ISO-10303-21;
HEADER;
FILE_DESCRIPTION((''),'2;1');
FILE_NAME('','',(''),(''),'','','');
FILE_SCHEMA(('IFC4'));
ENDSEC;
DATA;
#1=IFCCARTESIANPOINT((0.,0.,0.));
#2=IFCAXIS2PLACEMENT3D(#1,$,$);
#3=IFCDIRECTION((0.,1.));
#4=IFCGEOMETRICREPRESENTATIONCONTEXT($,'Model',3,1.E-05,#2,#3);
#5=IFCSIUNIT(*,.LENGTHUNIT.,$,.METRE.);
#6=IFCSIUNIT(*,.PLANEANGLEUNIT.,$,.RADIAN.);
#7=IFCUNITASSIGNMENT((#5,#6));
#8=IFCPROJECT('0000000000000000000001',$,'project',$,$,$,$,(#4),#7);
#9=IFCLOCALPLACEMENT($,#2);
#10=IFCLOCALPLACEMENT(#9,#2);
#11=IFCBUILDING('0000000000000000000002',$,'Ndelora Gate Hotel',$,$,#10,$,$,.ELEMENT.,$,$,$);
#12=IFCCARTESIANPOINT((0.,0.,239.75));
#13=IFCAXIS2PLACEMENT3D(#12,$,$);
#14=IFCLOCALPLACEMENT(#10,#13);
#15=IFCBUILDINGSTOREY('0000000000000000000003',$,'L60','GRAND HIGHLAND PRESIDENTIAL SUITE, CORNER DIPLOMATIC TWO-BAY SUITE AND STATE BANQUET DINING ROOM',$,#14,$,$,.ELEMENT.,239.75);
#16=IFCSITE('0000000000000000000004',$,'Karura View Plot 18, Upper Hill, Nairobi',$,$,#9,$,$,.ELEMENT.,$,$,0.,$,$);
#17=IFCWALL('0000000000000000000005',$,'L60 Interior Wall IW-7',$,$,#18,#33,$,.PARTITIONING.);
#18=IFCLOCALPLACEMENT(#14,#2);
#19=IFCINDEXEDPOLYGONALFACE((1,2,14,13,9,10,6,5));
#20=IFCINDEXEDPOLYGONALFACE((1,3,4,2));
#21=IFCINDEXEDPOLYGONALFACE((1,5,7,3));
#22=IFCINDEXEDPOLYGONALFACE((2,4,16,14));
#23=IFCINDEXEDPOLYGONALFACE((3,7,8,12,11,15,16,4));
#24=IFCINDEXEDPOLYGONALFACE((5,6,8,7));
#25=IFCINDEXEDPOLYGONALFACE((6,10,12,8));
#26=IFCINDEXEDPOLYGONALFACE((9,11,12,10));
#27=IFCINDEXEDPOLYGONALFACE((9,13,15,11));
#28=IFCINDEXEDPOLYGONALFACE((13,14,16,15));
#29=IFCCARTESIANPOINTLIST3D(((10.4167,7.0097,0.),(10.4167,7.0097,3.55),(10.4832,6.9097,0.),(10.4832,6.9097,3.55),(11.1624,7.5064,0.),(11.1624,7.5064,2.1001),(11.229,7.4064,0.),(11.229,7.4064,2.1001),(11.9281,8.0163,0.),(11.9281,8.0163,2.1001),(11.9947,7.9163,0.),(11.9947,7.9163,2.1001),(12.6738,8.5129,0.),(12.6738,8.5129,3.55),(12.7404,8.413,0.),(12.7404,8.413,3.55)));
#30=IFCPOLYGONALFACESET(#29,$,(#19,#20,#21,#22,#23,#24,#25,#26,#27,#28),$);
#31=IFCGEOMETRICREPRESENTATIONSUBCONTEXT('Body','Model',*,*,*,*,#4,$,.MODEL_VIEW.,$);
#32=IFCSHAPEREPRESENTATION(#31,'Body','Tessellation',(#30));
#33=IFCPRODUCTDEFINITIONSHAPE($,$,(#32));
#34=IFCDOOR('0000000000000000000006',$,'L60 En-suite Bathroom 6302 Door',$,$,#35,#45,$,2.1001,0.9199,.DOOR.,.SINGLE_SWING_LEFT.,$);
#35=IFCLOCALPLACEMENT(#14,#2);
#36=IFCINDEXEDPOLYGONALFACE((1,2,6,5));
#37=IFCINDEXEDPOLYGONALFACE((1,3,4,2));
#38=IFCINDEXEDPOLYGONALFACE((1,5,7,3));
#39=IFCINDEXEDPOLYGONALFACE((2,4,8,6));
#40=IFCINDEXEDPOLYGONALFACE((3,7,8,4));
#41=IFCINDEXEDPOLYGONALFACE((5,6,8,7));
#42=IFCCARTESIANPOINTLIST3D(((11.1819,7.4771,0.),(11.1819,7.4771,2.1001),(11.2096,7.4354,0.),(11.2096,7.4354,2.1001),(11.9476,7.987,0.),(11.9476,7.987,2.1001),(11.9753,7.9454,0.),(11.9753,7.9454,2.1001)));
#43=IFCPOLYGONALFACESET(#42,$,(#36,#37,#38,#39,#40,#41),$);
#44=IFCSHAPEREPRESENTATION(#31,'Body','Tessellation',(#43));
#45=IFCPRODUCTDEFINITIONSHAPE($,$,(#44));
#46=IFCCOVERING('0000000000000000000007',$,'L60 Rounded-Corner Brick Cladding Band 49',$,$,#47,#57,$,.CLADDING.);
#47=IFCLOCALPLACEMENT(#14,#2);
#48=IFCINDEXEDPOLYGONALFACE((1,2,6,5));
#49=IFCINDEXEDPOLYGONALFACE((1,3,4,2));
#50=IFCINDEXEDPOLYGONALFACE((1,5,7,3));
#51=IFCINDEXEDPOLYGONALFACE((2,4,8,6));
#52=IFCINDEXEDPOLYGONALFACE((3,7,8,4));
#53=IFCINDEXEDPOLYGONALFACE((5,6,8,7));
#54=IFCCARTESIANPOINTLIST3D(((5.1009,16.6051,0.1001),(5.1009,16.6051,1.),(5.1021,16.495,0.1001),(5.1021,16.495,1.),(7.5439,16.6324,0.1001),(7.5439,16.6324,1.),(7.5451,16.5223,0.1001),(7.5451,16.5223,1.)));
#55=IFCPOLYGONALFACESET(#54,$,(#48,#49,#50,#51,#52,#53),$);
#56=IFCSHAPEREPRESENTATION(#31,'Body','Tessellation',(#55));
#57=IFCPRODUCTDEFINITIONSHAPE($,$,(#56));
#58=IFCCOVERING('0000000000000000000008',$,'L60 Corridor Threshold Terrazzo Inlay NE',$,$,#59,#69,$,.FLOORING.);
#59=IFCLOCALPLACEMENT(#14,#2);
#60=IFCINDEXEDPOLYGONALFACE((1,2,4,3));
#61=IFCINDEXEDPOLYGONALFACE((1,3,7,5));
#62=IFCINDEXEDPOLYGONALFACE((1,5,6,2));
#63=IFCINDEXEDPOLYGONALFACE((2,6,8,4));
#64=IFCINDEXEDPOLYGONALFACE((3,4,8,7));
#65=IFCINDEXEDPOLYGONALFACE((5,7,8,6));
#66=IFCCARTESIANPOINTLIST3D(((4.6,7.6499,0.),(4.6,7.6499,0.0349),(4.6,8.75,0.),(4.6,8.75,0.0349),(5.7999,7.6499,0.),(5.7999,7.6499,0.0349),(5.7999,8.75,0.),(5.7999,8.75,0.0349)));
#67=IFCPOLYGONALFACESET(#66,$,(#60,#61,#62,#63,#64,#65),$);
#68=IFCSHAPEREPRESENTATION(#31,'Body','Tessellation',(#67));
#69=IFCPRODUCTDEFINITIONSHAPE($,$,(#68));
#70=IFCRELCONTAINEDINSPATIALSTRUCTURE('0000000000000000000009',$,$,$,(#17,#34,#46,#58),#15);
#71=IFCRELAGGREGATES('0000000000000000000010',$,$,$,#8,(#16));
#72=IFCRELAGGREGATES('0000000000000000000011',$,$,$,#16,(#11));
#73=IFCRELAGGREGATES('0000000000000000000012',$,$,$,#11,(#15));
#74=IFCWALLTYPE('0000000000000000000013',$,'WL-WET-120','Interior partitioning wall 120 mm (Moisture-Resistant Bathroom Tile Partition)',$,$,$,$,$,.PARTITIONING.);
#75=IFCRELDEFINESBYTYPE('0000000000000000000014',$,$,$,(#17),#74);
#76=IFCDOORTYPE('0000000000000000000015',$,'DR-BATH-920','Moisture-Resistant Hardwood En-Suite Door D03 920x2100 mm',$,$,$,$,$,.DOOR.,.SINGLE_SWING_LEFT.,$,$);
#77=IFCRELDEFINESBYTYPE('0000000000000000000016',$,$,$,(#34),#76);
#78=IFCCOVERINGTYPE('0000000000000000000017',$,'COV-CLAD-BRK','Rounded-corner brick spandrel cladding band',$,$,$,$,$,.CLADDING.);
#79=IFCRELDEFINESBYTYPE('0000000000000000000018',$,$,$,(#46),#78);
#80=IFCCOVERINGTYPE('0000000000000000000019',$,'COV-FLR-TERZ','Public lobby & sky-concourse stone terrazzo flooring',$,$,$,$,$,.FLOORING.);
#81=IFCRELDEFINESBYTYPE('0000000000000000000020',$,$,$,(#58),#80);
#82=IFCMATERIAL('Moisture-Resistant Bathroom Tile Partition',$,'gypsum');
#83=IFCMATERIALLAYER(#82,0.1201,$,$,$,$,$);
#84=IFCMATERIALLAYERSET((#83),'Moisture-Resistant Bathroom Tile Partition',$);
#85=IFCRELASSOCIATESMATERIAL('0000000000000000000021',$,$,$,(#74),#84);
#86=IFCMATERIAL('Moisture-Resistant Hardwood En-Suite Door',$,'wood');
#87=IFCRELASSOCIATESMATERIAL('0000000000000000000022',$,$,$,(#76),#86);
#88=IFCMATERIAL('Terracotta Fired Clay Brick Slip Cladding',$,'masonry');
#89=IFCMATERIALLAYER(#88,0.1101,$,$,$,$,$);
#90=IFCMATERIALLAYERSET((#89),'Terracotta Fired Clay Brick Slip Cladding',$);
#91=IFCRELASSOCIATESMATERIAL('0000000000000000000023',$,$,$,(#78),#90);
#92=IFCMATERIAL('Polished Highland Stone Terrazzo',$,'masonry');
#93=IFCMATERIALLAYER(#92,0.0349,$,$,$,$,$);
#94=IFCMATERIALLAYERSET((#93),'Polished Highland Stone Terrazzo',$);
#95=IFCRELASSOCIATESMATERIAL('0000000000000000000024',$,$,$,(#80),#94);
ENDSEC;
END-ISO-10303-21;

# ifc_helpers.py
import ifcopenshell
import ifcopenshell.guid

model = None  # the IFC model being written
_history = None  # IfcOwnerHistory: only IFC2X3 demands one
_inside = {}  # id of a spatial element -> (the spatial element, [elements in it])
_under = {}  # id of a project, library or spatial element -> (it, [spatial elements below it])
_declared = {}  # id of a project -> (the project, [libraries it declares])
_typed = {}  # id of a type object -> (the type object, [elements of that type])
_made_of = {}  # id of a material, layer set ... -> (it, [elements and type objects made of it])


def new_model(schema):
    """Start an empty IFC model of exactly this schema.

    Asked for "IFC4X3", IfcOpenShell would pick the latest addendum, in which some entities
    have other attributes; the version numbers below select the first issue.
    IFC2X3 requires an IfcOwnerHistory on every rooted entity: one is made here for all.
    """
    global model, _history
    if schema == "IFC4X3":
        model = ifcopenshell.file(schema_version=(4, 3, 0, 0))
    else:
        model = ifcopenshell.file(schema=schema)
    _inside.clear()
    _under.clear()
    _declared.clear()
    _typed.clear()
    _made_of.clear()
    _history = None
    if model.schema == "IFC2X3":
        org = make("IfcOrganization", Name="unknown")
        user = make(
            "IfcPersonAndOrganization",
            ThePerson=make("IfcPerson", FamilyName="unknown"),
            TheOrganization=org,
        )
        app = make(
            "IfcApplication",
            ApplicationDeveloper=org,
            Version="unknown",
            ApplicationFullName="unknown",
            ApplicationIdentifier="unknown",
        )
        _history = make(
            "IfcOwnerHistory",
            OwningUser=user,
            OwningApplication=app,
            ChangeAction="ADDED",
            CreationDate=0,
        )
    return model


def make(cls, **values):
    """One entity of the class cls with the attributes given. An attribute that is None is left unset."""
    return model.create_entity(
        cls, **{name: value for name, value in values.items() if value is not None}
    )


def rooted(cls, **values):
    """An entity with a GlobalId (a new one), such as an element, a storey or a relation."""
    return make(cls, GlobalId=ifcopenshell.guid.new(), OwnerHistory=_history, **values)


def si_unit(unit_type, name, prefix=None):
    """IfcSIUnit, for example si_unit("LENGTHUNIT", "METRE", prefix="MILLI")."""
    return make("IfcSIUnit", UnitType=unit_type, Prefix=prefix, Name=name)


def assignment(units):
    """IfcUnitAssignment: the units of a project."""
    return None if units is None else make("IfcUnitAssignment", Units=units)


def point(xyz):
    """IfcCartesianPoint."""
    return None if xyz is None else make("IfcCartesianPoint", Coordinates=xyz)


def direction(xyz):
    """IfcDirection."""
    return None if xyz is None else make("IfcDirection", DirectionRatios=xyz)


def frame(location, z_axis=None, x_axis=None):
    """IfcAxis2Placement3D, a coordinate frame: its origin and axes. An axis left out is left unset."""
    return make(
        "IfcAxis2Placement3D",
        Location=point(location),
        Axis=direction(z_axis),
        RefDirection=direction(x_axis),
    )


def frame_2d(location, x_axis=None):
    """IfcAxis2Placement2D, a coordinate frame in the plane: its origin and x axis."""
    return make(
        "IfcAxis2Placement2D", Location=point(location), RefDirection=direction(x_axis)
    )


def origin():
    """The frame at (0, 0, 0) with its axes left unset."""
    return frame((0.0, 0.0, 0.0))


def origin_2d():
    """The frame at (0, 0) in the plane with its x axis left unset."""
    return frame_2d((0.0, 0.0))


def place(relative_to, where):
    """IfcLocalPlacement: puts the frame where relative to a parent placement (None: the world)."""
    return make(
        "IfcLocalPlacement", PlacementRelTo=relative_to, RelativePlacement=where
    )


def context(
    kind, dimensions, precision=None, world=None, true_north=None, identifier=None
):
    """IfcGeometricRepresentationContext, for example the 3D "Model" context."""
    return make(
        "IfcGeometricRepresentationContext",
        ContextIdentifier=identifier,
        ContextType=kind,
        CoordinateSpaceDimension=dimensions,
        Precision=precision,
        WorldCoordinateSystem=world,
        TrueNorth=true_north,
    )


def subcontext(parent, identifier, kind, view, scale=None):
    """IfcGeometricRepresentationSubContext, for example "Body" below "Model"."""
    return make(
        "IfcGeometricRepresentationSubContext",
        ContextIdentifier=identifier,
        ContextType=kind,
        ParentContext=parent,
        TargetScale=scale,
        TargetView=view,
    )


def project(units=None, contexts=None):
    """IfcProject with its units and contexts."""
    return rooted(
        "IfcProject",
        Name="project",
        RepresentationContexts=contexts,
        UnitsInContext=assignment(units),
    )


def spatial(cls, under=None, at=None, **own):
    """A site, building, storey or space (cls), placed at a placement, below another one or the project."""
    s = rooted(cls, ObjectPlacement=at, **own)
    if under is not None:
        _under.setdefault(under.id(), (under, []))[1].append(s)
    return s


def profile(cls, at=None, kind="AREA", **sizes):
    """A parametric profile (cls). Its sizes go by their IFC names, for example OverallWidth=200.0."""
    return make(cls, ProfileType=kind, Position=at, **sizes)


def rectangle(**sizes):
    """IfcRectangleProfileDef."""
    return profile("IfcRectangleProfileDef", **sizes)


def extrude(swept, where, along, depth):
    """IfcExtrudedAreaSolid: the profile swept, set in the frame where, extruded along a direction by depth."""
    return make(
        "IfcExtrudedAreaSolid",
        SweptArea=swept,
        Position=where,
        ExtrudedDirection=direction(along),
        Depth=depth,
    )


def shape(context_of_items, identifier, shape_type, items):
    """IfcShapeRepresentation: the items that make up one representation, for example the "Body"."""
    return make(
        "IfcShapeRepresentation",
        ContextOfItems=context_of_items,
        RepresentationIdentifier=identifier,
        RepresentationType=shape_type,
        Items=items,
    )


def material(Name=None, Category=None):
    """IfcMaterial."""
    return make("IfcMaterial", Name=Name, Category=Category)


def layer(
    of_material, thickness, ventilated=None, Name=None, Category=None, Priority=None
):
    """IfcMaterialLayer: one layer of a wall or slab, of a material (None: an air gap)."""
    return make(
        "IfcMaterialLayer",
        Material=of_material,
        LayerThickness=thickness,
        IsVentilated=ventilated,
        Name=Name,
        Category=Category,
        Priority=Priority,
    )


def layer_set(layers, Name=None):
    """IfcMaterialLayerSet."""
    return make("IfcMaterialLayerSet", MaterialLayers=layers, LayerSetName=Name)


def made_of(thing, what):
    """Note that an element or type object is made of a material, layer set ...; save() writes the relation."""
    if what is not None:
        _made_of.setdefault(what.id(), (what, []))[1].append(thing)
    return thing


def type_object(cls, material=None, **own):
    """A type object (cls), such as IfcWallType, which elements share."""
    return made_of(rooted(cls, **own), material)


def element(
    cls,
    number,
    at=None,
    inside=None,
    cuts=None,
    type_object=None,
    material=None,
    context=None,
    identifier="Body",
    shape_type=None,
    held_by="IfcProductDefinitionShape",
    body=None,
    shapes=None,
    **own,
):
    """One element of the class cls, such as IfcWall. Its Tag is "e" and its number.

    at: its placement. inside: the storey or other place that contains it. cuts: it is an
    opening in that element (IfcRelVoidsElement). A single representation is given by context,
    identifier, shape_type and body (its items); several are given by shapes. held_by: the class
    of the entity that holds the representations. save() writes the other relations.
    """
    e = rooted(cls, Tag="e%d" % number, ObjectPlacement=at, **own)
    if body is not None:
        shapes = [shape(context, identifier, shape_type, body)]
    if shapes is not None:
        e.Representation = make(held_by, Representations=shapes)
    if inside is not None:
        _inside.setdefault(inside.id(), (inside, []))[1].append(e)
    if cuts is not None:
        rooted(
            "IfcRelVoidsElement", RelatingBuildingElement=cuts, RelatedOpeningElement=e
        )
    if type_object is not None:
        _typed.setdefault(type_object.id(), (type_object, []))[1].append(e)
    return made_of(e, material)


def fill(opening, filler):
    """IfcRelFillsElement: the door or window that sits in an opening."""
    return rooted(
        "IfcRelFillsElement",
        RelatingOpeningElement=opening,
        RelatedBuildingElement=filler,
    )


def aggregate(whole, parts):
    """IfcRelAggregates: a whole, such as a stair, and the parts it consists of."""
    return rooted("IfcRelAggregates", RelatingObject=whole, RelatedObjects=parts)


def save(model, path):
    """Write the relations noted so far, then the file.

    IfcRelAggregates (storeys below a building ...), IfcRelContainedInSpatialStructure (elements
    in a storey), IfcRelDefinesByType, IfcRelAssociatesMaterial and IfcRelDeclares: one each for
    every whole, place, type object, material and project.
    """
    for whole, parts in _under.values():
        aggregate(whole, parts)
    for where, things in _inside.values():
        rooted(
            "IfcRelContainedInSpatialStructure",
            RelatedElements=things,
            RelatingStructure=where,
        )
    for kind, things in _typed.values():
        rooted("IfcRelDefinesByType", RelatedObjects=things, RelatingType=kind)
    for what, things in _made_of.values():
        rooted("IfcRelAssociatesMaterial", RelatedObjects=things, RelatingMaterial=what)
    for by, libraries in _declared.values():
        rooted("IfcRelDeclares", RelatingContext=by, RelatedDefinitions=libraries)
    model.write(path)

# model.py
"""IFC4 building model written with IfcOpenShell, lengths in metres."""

from ifc_helpers import new_model, si_unit, direction, frame, frame_2d, origin, origin_2d, place, context, subcontext, project, spatial, rectangle, extrude, material, layer, layer_set, type_object, element, fill, save


model = new_model("IFC4")

# Units and contexts
model_context = context("Model", 3, precision=1e-05, world=origin(), true_north=direction((0.0, 1.0)))
body_context = subcontext(model_context, "Body", "Model", "MODEL_VIEW")
ifc_project = project(units=[si_unit("LENGTHUNIT", "METRE"), si_unit("PLANEANGLEUNIT", "RADIAN")], contexts=[model_context])

# Site, building, storey
site_placement = place(None, origin())
site = spatial("IfcSite", under=ifc_project, at=site_placement, Name="Karura View Plot 18, Upper Hill, Nairobi", CompositionType="ELEMENT", RefElevation=0.0)
building_placement = place(site_placement, origin())
building = spatial("IfcBuilding", under=site, at=building_placement, Name="Ndelora Gate Hotel", CompositionType="ELEMENT")
storey_placement = place(building_placement, frame((0.0, 0.0, 239.75)))
storey = spatial("IfcBuildingStorey", under=building, at=storey_placement, Name="L60", Description="GRAND HIGHLAND PRESIDENTIAL SUITE, CORNER DIPLOMATIC TWO-BAY SUITE AND STATE BANQUET DINING ROOM", CompositionType="ELEMENT", Elevation=239.75)

# Wall, opening, door
ifc_material_1 = material(Name="Moisture-Resistant Bathroom Tile Partition", Category="gypsum")
ifc_layer_1 = layer(ifc_material_1, 0.1201)
ifc_layer_set_1 = layer_set([ifc_layer_1], Name="Moisture-Resistant Bathroom Tile Partition")
wall_type_1 = type_object("IfcWallType", Name="WL-WET-120", Description="Interior partitioning wall 120 mm (Moisture-Resistant Bathroom Tile Partition)", PredefinedType="PARTITIONING", material=ifc_layer_set_1)
wall_1_placement = place(storey_placement, frame((10.45, 6.9597, 0.0), z_axis=(0.0, 0.0, 1.0), x_axis=(0.832313, 0.554305, 0.0)))
wall_1 = element("IfcWall", 1, at=wall_1_placement, inside=storey, type_object=wall_type_1, Name="L60 Interior Wall IW-7", PredefinedType="PARTITIONING", context=body_context, shape_type="SweptSolid", body=[
    extrude(rectangle(XDim=2.7119, YDim=0.1201, at=frame_2d((1.356, 0.0))), origin(), (0.0, 0.0, 1.0), 3.55),
])
opening_1_placement = place(wall_1_placement, frame((0.896, 0.0, 0.0)))
opening_1 = element("IfcOpeningElement", 2, at=opening_1_placement, cuts=wall_1, PredefinedType="OPENING", context=body_context, shape_type="SweptSolid", body=[
    extrude(rectangle(XDim=0.9199, YDim=2.1001, at=frame_2d((0.46, 1.05))), frame((0.0, 0.0701, 0.0), z_axis=(0.0, -1.0, 0.0), x_axis=(1.0, 0.0, 0.0)), (0.0, 0.0, 1.0), 0.1401),
])
ifc_material_2 = material(Name="Moisture-Resistant Hardwood En-Suite Door", Category="wood")
door_type_1 = type_object("IfcDoorType", Name="DR-BATH-920", Description="Moisture-Resistant Hardwood En-Suite Door D03 920x2100 mm", OperationType="SINGLE_SWING_LEFT", PredefinedType="DOOR", material=ifc_material_2)
door_1_placement = place(opening_1_placement, origin())
door_1 = element("IfcDoor", 3, at=door_1_placement, inside=storey, type_object=door_type_1, Name="L60 En-suite Bathroom 6302 Door", OperationType="SINGLE_SWING_LEFT", OverallHeight=2.1001, OverallWidth=0.9199, PredefinedType="DOOR", context=body_context, shape_type="SweptSolid", body=[
    extrude(rectangle(XDim=0.9199, YDim=2.1001, at=frame_2d((0.46, 1.05))), frame((0.0, 0.0249, 0.0), z_axis=(0.0, -1.0, 0.0), x_axis=(1.0, 0.0, 0.0)), (0.0, 0.0, 1.0), 0.05),
])
fill(opening_1, door_1)

# Coverings
ifc_material_3 = material(Name="Terracotta Fired Clay Brick Slip Cladding", Category="masonry")
ifc_layer_2 = layer(ifc_material_3, 0.1101)
ifc_layer_set_2 = layer_set([ifc_layer_2], Name="Terracotta Fired Clay Brick Slip Cladding")
covering_type_1 = type_object("IfcCoveringType", Name="COV-CLAD-BRK", Description="Rounded-corner brick spandrel cladding band", PredefinedType="CLADDING", material=ifc_layer_set_2)
covering_1_placement = place(storey_placement, frame((6.323, 16.5637, 0.1001), z_axis=(0.0, 0.0, 1.0), x_axis=(0.999938, 0.01117, 0.0)))
element("IfcCovering", 4, at=covering_1_placement, inside=storey, type_object=covering_type_1, Name="L60 Rounded-Corner Brick Cladding Band 49", PredefinedType="CLADDING", context=body_context, shape_type="SweptSolid", body=[
    extrude(rectangle(XDim=2.4431, YDim=0.1101, at=origin_2d()), origin(), (0.0, 0.0, 1.0), 0.8999),
])
ifc_material_4 = material(Name="Polished Highland Stone Terrazzo", Category="masonry")
ifc_layer_3 = layer(ifc_material_4, 0.0349)
ifc_layer_set_3 = layer_set([ifc_layer_3], Name="Polished Highland Stone Terrazzo")
covering_type_2 = type_object("IfcCoveringType", Name="COV-FLR-TERZ", Description="Public lobby & sky-concourse stone terrazzo flooring", PredefinedType="FLOORING", material=ifc_layer_set_3)
covering_2_placement = place(storey_placement, frame((5.2, 8.2, 0.0), z_axis=(0.0, 0.0, 1.0), x_axis=(1.0, 0.0, 0.0)))
element("IfcCovering", 5, at=covering_2_placement, inside=storey, type_object=covering_type_2, Name="L60 Corridor Threshold Terrazzo Inlay NE", PredefinedType="FLOORING", context=body_context, shape_type="SweptSolid", body=[
    extrude(rectangle(XDim=1.2, YDim=1.1001, at=origin_2d()), origin(), (0.0, 0.0, 1.0), 0.0349),
])

save(model, "model.ifc")
